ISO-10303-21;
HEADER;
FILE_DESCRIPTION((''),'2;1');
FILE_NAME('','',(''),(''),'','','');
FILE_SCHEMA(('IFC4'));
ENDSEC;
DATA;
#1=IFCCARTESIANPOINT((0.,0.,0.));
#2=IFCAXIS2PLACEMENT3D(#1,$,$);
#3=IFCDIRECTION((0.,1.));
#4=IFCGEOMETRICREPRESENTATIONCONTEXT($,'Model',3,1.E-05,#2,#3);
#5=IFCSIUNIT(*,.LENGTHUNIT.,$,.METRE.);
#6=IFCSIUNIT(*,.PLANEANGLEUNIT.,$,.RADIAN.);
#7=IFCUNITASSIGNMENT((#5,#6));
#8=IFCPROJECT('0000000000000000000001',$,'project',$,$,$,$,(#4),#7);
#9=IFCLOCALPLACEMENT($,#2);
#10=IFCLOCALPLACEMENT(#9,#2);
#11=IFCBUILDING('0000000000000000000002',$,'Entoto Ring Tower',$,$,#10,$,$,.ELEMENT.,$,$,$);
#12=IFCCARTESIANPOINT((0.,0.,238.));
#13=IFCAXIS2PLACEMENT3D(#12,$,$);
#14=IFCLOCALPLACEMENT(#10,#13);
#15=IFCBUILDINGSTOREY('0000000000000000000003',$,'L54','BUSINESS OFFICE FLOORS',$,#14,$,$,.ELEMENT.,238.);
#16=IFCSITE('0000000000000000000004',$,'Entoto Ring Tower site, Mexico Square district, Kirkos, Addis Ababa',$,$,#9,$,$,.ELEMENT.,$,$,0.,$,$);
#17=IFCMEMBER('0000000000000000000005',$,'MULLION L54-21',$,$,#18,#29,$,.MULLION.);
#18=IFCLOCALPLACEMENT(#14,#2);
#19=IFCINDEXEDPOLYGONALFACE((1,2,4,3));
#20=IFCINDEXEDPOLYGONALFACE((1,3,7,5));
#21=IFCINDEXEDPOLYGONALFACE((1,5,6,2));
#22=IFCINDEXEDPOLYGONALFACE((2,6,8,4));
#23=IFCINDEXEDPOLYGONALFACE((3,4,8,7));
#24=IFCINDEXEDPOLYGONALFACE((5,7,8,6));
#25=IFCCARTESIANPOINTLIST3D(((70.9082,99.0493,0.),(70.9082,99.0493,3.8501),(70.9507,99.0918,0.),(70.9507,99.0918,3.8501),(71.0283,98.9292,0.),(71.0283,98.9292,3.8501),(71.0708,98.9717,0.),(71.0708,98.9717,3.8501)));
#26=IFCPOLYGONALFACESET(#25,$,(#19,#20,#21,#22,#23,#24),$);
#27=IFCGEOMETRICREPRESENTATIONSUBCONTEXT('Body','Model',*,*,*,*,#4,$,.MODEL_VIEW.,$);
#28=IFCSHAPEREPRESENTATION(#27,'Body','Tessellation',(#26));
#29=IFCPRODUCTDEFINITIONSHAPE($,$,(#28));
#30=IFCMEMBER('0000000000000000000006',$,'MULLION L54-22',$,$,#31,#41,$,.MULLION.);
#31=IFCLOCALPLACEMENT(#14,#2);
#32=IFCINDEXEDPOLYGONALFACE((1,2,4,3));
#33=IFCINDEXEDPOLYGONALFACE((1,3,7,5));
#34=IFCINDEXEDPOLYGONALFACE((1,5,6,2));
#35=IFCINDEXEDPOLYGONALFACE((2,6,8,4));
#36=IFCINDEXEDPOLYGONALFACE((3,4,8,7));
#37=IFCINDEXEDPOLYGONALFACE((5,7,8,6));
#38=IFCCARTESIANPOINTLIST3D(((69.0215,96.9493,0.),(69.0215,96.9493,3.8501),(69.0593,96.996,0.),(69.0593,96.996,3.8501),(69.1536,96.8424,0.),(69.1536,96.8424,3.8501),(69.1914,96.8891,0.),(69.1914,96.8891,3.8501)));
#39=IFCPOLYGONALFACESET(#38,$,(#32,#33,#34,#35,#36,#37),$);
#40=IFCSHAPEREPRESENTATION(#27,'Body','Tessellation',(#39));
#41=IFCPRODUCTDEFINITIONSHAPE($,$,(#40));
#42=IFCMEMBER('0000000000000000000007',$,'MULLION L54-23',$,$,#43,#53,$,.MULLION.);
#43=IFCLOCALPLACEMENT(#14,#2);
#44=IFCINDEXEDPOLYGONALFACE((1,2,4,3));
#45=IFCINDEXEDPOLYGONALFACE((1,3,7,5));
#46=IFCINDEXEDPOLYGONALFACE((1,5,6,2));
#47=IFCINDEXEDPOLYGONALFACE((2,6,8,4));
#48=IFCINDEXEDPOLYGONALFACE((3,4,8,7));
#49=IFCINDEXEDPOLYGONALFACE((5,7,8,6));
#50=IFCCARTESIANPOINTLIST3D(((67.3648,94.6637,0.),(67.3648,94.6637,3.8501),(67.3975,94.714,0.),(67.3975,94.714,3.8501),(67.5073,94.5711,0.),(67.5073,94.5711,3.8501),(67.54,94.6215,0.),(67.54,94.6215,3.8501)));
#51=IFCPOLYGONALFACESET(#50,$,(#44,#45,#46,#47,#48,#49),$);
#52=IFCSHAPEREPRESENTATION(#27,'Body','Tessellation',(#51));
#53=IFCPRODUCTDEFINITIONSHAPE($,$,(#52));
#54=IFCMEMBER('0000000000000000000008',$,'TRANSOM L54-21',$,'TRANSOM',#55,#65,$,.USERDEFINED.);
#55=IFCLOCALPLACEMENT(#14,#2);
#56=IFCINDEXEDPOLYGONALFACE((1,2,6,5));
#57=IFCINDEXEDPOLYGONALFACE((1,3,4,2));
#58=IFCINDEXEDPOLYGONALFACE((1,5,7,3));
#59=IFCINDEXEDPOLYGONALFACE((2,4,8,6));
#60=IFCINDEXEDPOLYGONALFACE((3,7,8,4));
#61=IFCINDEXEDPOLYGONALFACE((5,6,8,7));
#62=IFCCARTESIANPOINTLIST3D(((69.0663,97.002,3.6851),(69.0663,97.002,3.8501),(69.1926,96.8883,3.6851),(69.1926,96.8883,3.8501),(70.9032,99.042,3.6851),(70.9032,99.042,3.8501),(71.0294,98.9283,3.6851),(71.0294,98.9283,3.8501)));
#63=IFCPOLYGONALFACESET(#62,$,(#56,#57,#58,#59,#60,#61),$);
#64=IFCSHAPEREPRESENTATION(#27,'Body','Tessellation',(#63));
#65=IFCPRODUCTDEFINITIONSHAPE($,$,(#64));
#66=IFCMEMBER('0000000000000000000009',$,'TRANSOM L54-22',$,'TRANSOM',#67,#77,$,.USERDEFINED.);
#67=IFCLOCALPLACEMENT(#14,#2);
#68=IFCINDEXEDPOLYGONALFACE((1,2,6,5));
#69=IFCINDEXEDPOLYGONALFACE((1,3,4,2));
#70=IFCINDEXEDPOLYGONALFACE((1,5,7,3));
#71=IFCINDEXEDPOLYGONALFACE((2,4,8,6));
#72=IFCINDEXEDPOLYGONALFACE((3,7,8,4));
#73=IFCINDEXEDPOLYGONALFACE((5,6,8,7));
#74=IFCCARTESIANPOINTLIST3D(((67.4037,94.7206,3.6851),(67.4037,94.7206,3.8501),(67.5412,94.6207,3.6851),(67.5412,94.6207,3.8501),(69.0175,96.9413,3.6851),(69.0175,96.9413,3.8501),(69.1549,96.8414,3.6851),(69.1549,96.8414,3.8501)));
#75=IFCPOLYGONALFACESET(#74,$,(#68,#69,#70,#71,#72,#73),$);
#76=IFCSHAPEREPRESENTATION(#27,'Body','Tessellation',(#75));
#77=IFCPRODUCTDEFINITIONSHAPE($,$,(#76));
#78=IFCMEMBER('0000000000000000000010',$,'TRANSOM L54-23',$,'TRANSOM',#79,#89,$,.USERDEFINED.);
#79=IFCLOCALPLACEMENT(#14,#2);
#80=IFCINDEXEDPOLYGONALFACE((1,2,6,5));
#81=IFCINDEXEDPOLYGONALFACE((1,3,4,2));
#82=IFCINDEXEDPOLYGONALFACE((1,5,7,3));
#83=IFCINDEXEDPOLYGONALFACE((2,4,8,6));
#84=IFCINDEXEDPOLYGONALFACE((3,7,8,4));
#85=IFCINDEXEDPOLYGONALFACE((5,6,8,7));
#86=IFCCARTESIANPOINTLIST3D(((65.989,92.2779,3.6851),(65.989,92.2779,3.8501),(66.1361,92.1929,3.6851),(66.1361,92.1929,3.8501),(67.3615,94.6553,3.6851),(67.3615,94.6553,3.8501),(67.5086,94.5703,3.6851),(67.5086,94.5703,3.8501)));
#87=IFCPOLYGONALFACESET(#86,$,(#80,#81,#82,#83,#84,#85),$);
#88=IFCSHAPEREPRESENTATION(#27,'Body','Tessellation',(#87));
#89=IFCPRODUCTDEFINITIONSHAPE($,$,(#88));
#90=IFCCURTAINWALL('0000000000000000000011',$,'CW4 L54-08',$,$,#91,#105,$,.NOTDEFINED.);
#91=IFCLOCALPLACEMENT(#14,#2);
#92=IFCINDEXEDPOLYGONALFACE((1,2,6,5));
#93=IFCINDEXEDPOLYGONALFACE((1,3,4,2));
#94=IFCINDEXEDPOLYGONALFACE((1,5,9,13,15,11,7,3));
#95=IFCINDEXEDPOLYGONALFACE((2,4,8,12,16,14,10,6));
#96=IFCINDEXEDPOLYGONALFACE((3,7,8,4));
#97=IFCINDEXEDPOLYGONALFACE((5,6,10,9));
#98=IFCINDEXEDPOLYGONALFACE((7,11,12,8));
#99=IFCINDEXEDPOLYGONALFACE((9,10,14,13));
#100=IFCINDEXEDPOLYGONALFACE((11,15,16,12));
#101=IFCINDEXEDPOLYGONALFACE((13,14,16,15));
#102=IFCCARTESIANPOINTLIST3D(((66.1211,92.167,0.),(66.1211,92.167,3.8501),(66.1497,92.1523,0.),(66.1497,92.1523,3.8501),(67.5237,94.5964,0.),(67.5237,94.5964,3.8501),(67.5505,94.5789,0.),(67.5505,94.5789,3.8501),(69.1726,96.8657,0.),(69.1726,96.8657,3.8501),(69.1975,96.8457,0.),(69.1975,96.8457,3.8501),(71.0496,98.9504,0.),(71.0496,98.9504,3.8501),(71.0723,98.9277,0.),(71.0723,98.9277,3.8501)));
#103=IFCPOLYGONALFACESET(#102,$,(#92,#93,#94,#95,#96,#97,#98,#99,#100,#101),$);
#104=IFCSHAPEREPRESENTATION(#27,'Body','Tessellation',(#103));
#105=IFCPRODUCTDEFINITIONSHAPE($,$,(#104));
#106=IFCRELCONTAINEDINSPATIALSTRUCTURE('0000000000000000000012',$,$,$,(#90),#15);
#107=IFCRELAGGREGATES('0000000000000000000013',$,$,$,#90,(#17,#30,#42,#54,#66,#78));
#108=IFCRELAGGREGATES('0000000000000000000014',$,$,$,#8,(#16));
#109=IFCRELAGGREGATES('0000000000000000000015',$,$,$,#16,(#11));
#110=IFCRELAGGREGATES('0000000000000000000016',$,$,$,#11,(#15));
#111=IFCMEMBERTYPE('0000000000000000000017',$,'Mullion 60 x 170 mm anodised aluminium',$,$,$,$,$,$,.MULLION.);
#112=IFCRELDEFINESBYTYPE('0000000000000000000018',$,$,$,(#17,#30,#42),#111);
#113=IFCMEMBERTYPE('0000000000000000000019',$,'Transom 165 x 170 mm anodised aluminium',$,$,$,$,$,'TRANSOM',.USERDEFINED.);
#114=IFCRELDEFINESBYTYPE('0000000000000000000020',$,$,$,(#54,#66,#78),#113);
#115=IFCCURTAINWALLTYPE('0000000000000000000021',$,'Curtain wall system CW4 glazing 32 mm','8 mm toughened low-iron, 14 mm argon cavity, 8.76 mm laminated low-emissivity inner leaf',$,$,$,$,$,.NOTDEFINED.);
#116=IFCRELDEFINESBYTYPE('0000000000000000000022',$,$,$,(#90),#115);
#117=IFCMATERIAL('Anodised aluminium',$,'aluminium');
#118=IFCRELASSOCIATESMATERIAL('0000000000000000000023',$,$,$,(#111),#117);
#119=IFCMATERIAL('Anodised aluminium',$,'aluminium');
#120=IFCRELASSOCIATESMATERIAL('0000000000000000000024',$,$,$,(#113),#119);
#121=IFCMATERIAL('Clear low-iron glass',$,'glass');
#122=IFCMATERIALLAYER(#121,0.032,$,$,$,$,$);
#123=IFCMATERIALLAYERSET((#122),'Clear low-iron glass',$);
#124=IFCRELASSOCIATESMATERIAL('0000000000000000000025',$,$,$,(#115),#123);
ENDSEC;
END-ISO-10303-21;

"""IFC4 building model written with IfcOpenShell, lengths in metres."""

from ifc_helpers import new_model, si_unit, direction, frame, origin, origin_2d, place, context, subcontext, project, spatial, polyline, rectangle, outline, extrude, material, layer, layer_set, material_profile, profile_set, type_object, element, aggregate, save


model = new_model("IFC4")

# Units and contexts
model_context = context("Model", 3, precision=1e-05, world=origin(), true_north=direction((0.0, 1.0)))
body_context = subcontext(model_context, "Body", "Model", "MODEL_VIEW")
ifc_project = project(units=[si_unit("LENGTHUNIT", "METRE"), si_unit("PLANEANGLEUNIT", "RADIAN")], contexts=[model_context])

# Members
ifc_material_1 = material(Name="Anodised aluminium", Category="aluminium")
ifc_material_profile_1 = material_profile(ifc_material_1, rectangle(XDim=0.0601, YDim=0.1699, at=origin_2d()), Name="Mullion 60 x 170 mm anodised aluminium")
ifc_profile_set_1 = profile_set([ifc_material_profile_1], Name="Anodised aluminium")
member_type_1 = type_object("IfcMemberType", Name="Mullion 60 x 170 mm anodised aluminium", PredefinedType="MULLION", material=ifc_profile_set_1)
site_placement = place(None, origin())
building_placement = place(site_placement, origin())
storey_placement = place(building_placement, frame((0.0, 0.0, 238.0)))
member_1_placement = place(storey_placement, frame((70.9895, 99.0105, 0.0), z_axis=(0.0, 0.0, 1.0), x_axis=(-0.707107, -0.707107, 0.0)))
member_1 = element("IfcMember", 1, at=member_1_placement, type_object=member_type_1, Name="MULLION L54-21", PredefinedType="MULLION", context=body_context, shape_type="SweptSolid", body=[
    extrude(rectangle(XDim=0.0601, YDim=0.1699, at=origin_2d()), origin(), (0.0, 0.0, 1.0), 3.8501),
])
member_2_placement = place(storey_placement, frame((69.1064, 96.9192, 0.0), z_axis=(0.0, 0.0, 1.0), x_axis=(-0.62932, -0.777146, 0.0)))
member_2 = element("IfcMember", 2, at=member_2_placement, type_object=member_type_1, Name="MULLION L54-22", PredefinedType="MULLION", context=body_context, shape_type="SweptSolid", body=[
    extrude(rectangle(XDim=0.0601, YDim=0.1699, at=origin_2d()), origin(), (0.0, 0.0, 1.0), 3.8501),
])
member_3_placement = place(storey_placement, frame((67.4524, 94.6426, 0.0), z_axis=(0.0, 0.0, 1.0), x_axis=(-0.544639, -0.838671, 0.0)))
member_3 = element("IfcMember", 3, at=member_3_placement, type_object=member_type_1, Name="MULLION L54-23", PredefinedType="MULLION", context=body_context, shape_type="SweptSolid", body=[
    extrude(rectangle(XDim=0.0601, YDim=0.1699, at=origin_2d()), origin(), (0.0, 0.0, 1.0), 3.8501),
])
ifc_material_2 = material(Name="Anodised aluminium", Category="aluminium")
ifc_material_profile_2 = material_profile(ifc_material_2, rectangle(XDim=0.1699, YDim=0.165, at=origin_2d()), Name="Transom 165 x 170 mm anodised aluminium")
ifc_profile_set_2 = profile_set([ifc_material_profile_2], Name="Anodised aluminium")
member_type_2 = type_object("IfcMemberType", Name="Transom 165 x 170 mm anodised aluminium", ElementType="TRANSOM", PredefinedType="USERDEFINED", material=ifc_profile_set_2)
member_4_placement = place(storey_placement, frame((70.9663, 98.9851, 3.7676), z_axis=(-0.669142, -0.743135, 0.0), x_axis=(0.743135, -0.669142, 0.0)))
member_4 = element("IfcMember", 4, at=member_4_placement, type_object=member_type_2, Name="TRANSOM L54-21", ObjectType="TRANSOM", PredefinedType="USERDEFINED", context=body_context, shape_type="SweptSolid", body=[
    extrude(rectangle(XDim=0.1699, YDim=0.165, at=origin_2d()), origin(), (0.0, 0.0, 1.0), 2.7451),
])
member_5_placement = place(storey_placement, frame((69.0862, 96.8914, 3.7676), z_axis=(-0.587865, -0.808959, 0.0), x_axis=(0.808959, -0.587865, 0.0)))
member_5 = element("IfcMember", 5, at=member_5_placement, type_object=member_type_2, Name="TRANSOM L54-22", ObjectType="TRANSOM", PredefinedType="USERDEFINED", context=body_context, shape_type="SweptSolid", body=[
    extrude(rectangle(XDim=0.1699, YDim=0.165, at=origin_2d()), origin(), (0.0, 0.0, 1.0), 2.7451),
])
member_6_placement = place(storey_placement, frame((67.4351, 94.6128, 3.7676), z_axis=(-0.499984, -0.866035, 0.0), x_axis=(0.866035, -0.499984, 0.0)))
member_6 = element("IfcMember", 6, at=member_6_placement, type_object=member_type_2, Name="TRANSOM L54-23", ObjectType="TRANSOM", PredefinedType="USERDEFINED", context=body_context, shape_type="SweptSolid", body=[
    extrude(rectangle(XDim=0.1699, YDim=0.165, at=origin_2d()), origin(), (0.0, 0.0, 1.0), 2.7451),
])

# Site, building, storey
site = spatial("IfcSite", under=ifc_project, at=site_placement, Name="Entoto Ring Tower site, Mexico Square district, Kirkos, Addis Ababa", CompositionType="ELEMENT", RefElevation=0.0)
building = spatial("IfcBuilding", under=site, at=building_placement, Name="Entoto Ring Tower", CompositionType="ELEMENT")
storey = spatial("IfcBuildingStorey", under=building, at=storey_placement, Name="L54", Description="BUSINESS OFFICE FLOORS", CompositionType="ELEMENT", Elevation=238.0)

# Curtain wall
ifc_material_3 = material(Name="Clear low-iron glass", Category="glass")
ifc_layer = layer(ifc_material_3, 0.032)
ifc_layer_set = layer_set([ifc_layer], Name="Clear low-iron glass")
curtain_wall_type = type_object("IfcCurtainWallType", Name="Curtain wall system CW4 glazing 32 mm", Description="8 mm toughened low-iron, 14 mm argon cavity, 8.76 mm laminated low-emissivity inner leaf", PredefinedType="NOTDEFINED", material=ifc_layer_set)
curtain_wall_1_placement = place(storey_placement, origin())
curtain_wall_1 = element("IfcCurtainWall", 7, at=curtain_wall_1_placement, inside=storey, type_object=curtain_wall_type, Name="CW4 L54-08", PredefinedType="NOTDEFINED", context=body_context, shape_type="SweptSolid", body=[
    extrude(outline(polyline([(71.0496, 98.9504), (69.1726, 96.8657), (67.5237, 94.5964), (66.1211, 92.167), (66.1497, 92.1523), (67.5505, 94.5789), (69.1975, 96.8457), (71.0723, 98.9277), (71.0496, 98.9504)])), origin(), (0.0, 0.0, 1.0), 3.8501),
])
aggregate(curtain_wall_1, [member_1, member_2, member_3, member_4, member_5, member_6])

save(model, "model.ifc")
